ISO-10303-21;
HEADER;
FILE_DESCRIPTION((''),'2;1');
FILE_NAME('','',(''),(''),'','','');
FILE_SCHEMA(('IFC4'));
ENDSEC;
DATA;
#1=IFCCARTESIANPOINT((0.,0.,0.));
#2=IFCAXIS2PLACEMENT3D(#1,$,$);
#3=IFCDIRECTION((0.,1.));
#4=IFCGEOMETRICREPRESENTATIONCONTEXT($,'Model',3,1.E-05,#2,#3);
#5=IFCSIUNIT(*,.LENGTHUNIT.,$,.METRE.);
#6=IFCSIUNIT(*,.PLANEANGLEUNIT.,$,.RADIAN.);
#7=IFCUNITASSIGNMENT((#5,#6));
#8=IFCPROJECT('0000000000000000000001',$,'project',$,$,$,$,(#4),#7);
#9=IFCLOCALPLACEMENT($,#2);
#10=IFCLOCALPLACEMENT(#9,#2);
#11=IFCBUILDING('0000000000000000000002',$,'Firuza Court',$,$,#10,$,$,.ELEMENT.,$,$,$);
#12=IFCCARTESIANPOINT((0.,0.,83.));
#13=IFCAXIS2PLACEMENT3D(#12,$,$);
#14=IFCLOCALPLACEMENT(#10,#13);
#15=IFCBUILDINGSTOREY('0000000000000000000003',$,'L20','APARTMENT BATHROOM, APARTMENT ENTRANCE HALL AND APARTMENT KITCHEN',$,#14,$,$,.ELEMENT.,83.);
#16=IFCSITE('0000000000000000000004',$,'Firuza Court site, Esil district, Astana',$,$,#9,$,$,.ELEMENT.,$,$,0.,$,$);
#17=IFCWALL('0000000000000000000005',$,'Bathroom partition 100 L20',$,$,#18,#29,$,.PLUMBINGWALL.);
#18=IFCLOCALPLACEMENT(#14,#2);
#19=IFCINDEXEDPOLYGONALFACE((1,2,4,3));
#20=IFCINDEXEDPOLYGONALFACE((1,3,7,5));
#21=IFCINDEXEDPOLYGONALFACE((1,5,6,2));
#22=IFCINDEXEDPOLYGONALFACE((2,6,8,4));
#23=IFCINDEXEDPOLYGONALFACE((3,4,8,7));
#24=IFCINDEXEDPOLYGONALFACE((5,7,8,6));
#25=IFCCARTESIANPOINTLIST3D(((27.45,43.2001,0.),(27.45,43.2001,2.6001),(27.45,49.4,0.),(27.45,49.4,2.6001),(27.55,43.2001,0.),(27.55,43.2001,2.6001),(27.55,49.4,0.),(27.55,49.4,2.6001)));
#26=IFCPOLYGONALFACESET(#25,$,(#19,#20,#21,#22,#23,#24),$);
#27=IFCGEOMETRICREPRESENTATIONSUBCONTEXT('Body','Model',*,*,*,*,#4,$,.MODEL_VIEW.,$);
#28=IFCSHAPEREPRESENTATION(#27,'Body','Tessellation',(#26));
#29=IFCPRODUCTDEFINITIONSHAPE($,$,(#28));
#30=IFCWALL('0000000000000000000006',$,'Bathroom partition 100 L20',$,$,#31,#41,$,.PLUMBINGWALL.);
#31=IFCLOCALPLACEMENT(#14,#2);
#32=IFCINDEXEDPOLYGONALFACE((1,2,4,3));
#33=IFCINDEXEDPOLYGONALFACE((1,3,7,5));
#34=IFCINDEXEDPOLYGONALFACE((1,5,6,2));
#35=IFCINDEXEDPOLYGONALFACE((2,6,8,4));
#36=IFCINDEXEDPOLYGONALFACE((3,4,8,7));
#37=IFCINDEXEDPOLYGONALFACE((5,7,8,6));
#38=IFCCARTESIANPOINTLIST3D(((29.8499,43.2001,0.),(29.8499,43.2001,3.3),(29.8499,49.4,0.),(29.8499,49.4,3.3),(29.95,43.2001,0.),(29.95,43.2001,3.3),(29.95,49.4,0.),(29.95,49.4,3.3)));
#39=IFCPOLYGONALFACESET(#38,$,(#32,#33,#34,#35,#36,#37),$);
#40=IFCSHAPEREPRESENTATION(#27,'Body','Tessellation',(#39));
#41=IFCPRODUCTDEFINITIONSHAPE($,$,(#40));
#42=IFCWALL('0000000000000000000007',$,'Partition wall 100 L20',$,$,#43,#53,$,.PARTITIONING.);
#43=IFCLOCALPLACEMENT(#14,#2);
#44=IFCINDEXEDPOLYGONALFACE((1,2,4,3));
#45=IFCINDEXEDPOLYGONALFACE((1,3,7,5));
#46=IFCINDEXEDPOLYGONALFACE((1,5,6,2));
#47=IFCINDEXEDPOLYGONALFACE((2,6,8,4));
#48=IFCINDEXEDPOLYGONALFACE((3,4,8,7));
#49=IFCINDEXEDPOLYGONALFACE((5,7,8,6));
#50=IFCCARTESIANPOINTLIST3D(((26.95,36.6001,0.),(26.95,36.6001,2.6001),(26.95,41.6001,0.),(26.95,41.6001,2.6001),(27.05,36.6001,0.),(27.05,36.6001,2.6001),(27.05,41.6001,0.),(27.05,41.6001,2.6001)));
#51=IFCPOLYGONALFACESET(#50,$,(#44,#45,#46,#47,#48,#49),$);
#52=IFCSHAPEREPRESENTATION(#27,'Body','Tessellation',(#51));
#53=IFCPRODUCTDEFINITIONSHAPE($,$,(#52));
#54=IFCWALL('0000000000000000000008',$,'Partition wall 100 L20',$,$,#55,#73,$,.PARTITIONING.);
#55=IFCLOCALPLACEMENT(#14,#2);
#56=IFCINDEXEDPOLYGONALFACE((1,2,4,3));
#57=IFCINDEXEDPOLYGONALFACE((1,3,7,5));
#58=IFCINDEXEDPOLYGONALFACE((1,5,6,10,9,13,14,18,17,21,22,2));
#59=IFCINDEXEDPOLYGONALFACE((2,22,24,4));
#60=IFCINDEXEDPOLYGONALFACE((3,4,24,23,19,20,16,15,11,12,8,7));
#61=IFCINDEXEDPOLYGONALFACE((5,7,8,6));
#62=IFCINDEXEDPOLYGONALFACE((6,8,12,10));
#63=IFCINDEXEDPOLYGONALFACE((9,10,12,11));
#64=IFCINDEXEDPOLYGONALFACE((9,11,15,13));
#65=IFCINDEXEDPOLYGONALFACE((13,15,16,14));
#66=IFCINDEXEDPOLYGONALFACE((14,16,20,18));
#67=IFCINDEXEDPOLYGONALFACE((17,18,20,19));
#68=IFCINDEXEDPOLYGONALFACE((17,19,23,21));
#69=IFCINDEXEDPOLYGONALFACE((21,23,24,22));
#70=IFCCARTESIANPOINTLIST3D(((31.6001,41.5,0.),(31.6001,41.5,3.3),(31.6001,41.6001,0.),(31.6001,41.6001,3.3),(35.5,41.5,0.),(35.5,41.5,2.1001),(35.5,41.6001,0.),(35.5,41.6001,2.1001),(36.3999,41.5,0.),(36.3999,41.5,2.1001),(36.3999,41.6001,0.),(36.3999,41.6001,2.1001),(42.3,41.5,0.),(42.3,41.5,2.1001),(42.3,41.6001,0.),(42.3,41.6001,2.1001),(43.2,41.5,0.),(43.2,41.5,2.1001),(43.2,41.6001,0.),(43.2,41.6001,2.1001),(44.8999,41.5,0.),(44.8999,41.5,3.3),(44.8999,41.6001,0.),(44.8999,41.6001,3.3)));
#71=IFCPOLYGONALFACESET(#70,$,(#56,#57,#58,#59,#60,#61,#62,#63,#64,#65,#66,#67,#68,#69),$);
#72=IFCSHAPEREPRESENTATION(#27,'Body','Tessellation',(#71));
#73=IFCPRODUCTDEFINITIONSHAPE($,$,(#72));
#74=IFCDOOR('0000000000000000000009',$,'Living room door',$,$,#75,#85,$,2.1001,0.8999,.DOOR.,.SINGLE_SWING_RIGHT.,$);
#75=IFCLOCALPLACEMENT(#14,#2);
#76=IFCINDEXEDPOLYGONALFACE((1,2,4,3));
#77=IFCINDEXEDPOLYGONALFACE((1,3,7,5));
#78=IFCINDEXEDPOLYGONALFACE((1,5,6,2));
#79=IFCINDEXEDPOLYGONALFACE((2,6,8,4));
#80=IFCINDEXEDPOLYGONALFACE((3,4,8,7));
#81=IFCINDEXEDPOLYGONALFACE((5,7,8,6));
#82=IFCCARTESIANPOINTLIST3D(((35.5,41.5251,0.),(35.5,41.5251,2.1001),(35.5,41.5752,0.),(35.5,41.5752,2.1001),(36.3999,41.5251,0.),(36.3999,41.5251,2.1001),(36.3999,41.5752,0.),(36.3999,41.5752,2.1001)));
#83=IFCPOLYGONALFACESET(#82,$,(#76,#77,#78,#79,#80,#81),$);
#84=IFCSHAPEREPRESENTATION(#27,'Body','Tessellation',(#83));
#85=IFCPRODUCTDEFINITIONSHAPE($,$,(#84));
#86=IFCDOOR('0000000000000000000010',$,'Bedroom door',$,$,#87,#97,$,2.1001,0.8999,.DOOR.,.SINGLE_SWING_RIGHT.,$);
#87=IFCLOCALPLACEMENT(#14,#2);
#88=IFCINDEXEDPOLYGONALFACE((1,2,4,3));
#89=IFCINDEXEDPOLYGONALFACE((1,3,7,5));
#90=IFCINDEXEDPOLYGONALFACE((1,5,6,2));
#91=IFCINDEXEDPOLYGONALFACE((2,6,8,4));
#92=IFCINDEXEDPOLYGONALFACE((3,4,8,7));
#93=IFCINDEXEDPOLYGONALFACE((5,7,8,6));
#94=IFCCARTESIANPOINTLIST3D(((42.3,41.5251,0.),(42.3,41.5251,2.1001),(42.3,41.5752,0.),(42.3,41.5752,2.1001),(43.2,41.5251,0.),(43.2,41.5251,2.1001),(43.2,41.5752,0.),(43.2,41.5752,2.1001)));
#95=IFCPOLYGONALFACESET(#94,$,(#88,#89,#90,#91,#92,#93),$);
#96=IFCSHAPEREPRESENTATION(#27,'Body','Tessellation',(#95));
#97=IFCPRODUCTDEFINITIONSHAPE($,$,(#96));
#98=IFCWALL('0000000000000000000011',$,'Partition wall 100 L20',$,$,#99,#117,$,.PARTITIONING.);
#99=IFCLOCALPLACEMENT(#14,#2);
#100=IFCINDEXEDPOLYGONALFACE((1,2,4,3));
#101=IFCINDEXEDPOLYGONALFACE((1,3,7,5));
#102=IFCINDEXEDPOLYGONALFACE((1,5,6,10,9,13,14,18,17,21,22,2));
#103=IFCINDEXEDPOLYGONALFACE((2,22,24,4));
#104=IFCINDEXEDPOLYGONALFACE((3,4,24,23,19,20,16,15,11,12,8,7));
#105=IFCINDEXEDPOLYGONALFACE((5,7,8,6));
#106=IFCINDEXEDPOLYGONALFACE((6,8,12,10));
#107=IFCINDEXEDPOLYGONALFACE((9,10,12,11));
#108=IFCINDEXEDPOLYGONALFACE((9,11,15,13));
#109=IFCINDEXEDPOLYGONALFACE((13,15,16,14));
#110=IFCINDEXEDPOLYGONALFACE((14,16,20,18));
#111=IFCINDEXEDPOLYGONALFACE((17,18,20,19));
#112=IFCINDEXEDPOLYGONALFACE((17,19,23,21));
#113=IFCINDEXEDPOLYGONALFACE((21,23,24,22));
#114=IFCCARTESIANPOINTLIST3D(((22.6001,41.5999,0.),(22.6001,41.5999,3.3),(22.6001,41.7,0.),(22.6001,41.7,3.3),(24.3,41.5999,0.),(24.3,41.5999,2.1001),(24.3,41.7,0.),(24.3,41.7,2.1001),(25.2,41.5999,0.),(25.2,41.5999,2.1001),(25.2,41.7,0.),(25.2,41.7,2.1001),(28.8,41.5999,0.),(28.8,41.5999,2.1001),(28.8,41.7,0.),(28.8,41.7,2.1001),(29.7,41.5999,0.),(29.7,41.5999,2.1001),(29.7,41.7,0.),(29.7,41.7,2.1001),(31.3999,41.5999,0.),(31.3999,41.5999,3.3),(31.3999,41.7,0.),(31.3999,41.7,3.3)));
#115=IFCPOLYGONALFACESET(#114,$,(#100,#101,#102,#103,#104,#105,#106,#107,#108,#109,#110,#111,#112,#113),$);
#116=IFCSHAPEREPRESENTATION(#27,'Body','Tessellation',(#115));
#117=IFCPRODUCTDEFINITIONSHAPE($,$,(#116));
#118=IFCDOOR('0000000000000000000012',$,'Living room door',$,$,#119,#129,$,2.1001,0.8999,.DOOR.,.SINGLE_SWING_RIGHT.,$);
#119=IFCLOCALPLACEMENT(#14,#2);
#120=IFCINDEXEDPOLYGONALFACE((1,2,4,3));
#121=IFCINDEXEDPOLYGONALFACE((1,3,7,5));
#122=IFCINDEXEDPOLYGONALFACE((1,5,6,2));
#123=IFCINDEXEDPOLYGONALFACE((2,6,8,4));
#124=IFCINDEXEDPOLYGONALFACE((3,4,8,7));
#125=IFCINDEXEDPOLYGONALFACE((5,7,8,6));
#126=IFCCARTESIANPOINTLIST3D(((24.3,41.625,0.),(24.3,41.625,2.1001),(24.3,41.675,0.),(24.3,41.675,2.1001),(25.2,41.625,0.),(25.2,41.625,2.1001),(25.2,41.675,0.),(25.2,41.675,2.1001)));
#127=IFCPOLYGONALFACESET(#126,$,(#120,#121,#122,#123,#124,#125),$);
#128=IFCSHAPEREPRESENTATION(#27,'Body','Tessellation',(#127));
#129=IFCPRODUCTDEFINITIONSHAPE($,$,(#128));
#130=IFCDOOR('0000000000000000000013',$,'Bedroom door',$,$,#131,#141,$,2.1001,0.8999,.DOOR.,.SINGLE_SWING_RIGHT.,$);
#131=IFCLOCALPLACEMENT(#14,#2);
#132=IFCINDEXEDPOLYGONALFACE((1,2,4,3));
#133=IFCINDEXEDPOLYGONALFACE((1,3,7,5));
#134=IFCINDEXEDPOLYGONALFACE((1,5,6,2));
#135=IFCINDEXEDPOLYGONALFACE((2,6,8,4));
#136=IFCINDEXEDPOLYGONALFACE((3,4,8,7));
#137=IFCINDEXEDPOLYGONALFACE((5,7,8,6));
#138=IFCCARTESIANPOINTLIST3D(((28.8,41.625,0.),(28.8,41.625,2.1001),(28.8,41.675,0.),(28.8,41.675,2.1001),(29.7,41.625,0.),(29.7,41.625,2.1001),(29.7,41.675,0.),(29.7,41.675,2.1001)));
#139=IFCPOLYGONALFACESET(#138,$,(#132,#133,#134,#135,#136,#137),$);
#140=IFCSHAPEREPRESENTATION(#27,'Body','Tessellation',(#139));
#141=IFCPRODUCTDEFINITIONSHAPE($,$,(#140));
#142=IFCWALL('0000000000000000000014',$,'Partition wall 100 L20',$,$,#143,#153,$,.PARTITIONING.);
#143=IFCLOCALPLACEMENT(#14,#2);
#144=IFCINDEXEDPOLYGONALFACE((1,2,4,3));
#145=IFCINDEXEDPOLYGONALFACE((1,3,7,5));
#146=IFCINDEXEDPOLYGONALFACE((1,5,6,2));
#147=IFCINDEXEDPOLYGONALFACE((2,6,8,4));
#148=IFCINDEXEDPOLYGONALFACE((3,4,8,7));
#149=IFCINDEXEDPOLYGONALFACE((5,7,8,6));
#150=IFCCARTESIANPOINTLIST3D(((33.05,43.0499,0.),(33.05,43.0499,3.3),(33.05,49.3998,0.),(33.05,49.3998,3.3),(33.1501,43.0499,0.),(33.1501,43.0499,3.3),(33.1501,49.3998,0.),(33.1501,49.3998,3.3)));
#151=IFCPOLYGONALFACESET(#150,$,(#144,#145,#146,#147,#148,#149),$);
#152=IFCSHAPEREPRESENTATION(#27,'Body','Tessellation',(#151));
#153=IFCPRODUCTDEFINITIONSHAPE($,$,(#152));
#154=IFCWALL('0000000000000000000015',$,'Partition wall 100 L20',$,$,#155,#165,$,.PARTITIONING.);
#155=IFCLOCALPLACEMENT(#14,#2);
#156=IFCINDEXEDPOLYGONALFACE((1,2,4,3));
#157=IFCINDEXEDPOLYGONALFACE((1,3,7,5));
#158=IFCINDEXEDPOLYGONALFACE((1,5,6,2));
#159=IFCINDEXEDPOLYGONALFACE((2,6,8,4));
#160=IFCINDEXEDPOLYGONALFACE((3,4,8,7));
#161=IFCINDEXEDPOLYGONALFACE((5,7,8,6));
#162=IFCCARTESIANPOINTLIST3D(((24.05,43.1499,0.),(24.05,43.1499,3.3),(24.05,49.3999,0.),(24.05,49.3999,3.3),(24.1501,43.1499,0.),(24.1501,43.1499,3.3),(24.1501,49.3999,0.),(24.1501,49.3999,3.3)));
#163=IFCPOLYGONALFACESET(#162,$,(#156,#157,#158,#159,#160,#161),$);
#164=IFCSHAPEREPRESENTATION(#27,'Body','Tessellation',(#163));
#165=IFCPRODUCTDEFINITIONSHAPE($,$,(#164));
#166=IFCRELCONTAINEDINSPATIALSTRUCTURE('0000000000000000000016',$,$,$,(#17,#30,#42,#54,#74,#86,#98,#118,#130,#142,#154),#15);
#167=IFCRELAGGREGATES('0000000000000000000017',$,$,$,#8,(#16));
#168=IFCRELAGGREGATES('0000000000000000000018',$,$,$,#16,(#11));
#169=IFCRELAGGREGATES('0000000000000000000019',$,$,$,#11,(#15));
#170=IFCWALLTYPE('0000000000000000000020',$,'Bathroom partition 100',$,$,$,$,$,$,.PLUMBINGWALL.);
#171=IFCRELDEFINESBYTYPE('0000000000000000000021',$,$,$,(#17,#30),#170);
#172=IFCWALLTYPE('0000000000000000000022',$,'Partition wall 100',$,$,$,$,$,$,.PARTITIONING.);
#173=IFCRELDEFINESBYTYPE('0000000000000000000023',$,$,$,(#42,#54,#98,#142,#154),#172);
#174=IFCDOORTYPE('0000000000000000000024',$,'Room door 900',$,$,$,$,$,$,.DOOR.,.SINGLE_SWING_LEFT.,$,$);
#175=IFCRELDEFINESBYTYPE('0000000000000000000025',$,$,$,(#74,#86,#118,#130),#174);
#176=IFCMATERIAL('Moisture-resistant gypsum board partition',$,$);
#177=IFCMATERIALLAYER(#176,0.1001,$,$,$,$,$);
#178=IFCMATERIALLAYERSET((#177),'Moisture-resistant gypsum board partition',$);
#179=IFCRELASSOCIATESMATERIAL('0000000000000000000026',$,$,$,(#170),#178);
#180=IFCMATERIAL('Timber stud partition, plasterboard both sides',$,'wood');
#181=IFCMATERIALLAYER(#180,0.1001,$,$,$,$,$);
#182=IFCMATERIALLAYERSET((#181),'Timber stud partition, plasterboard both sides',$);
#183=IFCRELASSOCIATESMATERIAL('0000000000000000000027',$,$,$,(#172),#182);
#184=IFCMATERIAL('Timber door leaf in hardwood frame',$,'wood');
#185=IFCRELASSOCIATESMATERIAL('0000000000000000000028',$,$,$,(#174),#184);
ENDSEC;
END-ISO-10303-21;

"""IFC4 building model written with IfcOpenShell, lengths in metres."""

from ifc_helpers import new_model, si_unit, direction, frame, frame_2d, origin, place, context, subcontext, project, spatial, rectangle, extrude, material, layer, layer_set, type_object, element, fill, save


model = new_model("IFC4")

# Units and contexts
model_context = context("Model", 3, precision=1e-05, world=origin(), true_north=direction((0.0, 1.0)))
body_context = subcontext(model_context, "Body", "Model", "MODEL_VIEW")
ifc_project = project(units=[si_unit("LENGTHUNIT", "METRE"), si_unit("PLANEANGLEUNIT", "RADIAN")], contexts=[model_context])

# Site, building, storey
site_placement = place(None, origin())
site = spatial("IfcSite", under=ifc_project, at=site_placement, Name="Firuza Court site, Esil district, Astana", CompositionType="ELEMENT", RefElevation=0.0)
building_placement = place(site_placement, origin())
building = spatial("IfcBuilding", under=site, at=building_placement, Name="Firuza Court", CompositionType="ELEMENT")
storey_placement = place(building_placement, frame((0.0, 0.0, 83.0)))
storey = spatial("IfcBuildingStorey", under=building, at=storey_placement, Name="L20", Description="APARTMENT BATHROOM, APARTMENT ENTRANCE HALL AND APARTMENT KITCHEN", CompositionType="ELEMENT", Elevation=83.0)

# Walls
ifc_material_1 = material(Name="Moisture-resistant gypsum board partition")
ifc_layer_1 = layer(ifc_material_1, 0.1001)
ifc_layer_set_1 = layer_set([ifc_layer_1], Name="Moisture-resistant gypsum board partition")
wall_type_1 = type_object("IfcWallType", Name="Bathroom partition 100", PredefinedType="PLUMBINGWALL", material=ifc_layer_set_1)
wall_1_placement = place(storey_placement, frame((27.5, 43.2, 0.0), z_axis=(0.0, 0.0, 1.0), x_axis=(0.0, 1.0, 0.0)))
element("IfcWall", 1, at=wall_1_placement, inside=storey, type_object=wall_type_1, Name="Bathroom partition 100 L20", PredefinedType="PLUMBINGWALL", context=body_context, shape_type="SweptSolid", body=[
    extrude(rectangle(XDim=6.2, YDim=0.1001, at=frame_2d((3.1001, 0.0))), origin(), (0.0, 0.0, 1.0), 2.6001),
])
wall_2_placement = place(storey_placement, frame((29.8999, 43.2, 0.0), z_axis=(0.0, 0.0, 1.0), x_axis=(0.0, 1.0, 0.0)))
element("IfcWall", 2, at=wall_2_placement, inside=storey, type_object=wall_type_1, Name="Bathroom partition 100 L20", PredefinedType="PLUMBINGWALL", context=body_context, shape_type="SweptSolid", body=[
    extrude(rectangle(XDim=6.2, YDim=0.1001, at=frame_2d((3.1001, 0.0))), origin(), (0.0, 0.0, 1.0), 3.3),
])
ifc_material_2 = material(Name="Timber stud partition, plasterboard both sides", Category="wood")
ifc_layer_2 = layer(ifc_material_2, 0.1001)
ifc_layer_set_2 = layer_set([ifc_layer_2], Name="Timber stud partition, plasterboard both sides")
wall_type_2 = type_object("IfcWallType", Name="Partition wall 100", PredefinedType="PARTITIONING", material=ifc_layer_set_2)
wall_3_placement = place(storey_placement, frame((27.0, 36.6001, 0.0), z_axis=(0.0, 0.0, 1.0), x_axis=(0.0, 1.0, 0.0)))
element("IfcWall", 3, at=wall_3_placement, inside=storey, type_object=wall_type_2, Name="Partition wall 100 L20", PredefinedType="PARTITIONING", context=body_context, shape_type="SweptSolid", body=[
    extrude(rectangle(XDim=5.0, YDim=0.1001, at=frame_2d((2.5, 0.0))), origin(), (0.0, 0.0, 1.0), 2.6001),
])

# Walls, openings, doors
wall_4_placement = place(storey_placement, frame((31.6001, 41.55, 0.0), z_axis=(0.0, 0.0, 1.0), x_axis=(1.0, 0.0, 0.0)))
wall_4 = element("IfcWall", 4, at=wall_4_placement, inside=storey, type_object=wall_type_2, Name="Partition wall 100 L20", PredefinedType="PARTITIONING", context=body_context, shape_type="SweptSolid", body=[
    extrude(rectangle(XDim=13.2998, YDim=0.1001, at=frame_2d((6.6499, 0.0))), origin(), (0.0, 0.0, 1.0), 3.3),
])
opening_1_placement = place(wall_4_placement, frame((3.8999, 0.0, 0.0)))
opening_1 = element("IfcOpeningElement", 5, at=opening_1_placement, cuts=wall_4, PredefinedType="OPENING", context=body_context, shape_type="SweptSolid", body=[
    extrude(rectangle(XDim=0.8999, YDim=2.1001, at=frame_2d((0.45, 1.05))), frame((0.0, 0.062, 0.0), z_axis=(0.0, -1.0, 0.0), x_axis=(1.0, 0.0, 0.0)), (0.0, 0.0, 1.0), 0.124),
])
opening_2_placement = place(wall_4_placement, frame((10.7, 0.0, 0.0)))
opening_2 = element("IfcOpeningElement", 6, at=opening_2_placement, cuts=wall_4, PredefinedType="OPENING", context=body_context, shape_type="SweptSolid", body=[
    extrude(rectangle(XDim=0.8999, YDim=2.1001, at=frame_2d((0.45, 1.05))), frame((0.0, 0.062, 0.0), z_axis=(0.0, -1.0, 0.0), x_axis=(1.0, 0.0, 0.0)), (0.0, 0.0, 1.0), 0.124),
])
ifc_material_3 = material(Name="Timber door leaf in hardwood frame", Category="wood")
door_type_1 = type_object("IfcDoorType", Name="Room door 900", OperationType="SINGLE_SWING_LEFT", PredefinedType="DOOR", material=ifc_material_3)
door_1_placement = place(opening_1_placement, frame((0.8999, 0.0, 0.0), z_axis=(0.0, 0.0, 1.0), x_axis=(-1.0, 0.0, 0.0)))
door_1 = element("IfcDoor", 7, at=door_1_placement, inside=storey, type_object=door_type_1, Name="Living room door", OperationType="SINGLE_SWING_RIGHT", OverallHeight=2.1001, OverallWidth=0.8999, PredefinedType="DOOR", context=body_context, shape_type="SweptSolid", body=[
    extrude(rectangle(XDim=0.8999, YDim=2.1001, at=frame_2d((0.45, 1.05))), frame((0.0, 0.0249, 0.0), z_axis=(0.0, -1.0, 0.0), x_axis=(1.0, 0.0, 0.0)), (0.0, 0.0, 1.0), 0.05),
])
fill(opening_1, door_1)
door_2_placement = place(opening_2_placement, frame((0.8999, 0.0, 0.0), z_axis=(0.0, 0.0, 1.0), x_axis=(-1.0, 0.0, 0.0)))
door_2 = element("IfcDoor", 8, at=door_2_placement, inside=storey, type_object=door_type_1, Name="Bedroom door", OperationType="SINGLE_SWING_RIGHT", OverallHeight=2.1001, OverallWidth=0.8999, PredefinedType="DOOR", context=body_context, shape_type="SweptSolid", body=[
    extrude(rectangle(XDim=0.8999, YDim=2.1001, at=frame_2d((0.45, 1.05))), frame((0.0, 0.0249, 0.0), z_axis=(0.0, -1.0, 0.0), x_axis=(1.0, 0.0, 0.0)), (0.0, 0.0, 1.0), 0.05),
])
fill(opening_2, door_2)
wall_5_placement = place(storey_placement, frame((22.6001, 41.6499, 0.0), z_axis=(0.0, 0.0, 1.0), x_axis=(1.0, 0.0, 0.0)))
wall_5 = element("IfcWall", 9, at=wall_5_placement, inside=storey, type_object=wall_type_2, Name="Partition wall 100 L20", PredefinedType="PARTITIONING", context=body_context, shape_type="SweptSolid", body=[
    extrude(rectangle(XDim=8.7998, YDim=0.1001, at=frame_2d((4.3999, 0.0))), origin(), (0.0, 0.0, 1.0), 3.3),
])
opening_3_placement = place(wall_5_placement, frame((1.7, 0.0, 0.0)))
opening_3 = element("IfcOpeningElement", 10, at=opening_3_placement, cuts=wall_5, PredefinedType="OPENING", context=body_context, shape_type="SweptSolid", body=[
    extrude(rectangle(XDim=0.8999, YDim=2.1001, at=frame_2d((0.45, 1.05))), frame((0.0, 0.062, 0.0), z_axis=(0.0, -1.0, 0.0), x_axis=(1.0, 0.0, 0.0)), (0.0, 0.0, 1.0), 0.124),
])
opening_4_placement = place(wall_5_placement, frame((6.2, 0.0, 0.0)))
opening_4 = element("IfcOpeningElement", 11, at=opening_4_placement, cuts=wall_5, PredefinedType="OPENING", context=body_context, shape_type="SweptSolid", body=[
    extrude(rectangle(XDim=0.8999, YDim=2.1001, at=frame_2d((0.45, 1.05))), frame((0.0, 0.062, 0.0), z_axis=(0.0, -1.0, 0.0), x_axis=(1.0, 0.0, 0.0)), (0.0, 0.0, 1.0), 0.124),
])
door_3_placement = place(opening_3_placement, frame((0.8999, 0.0, 0.0), z_axis=(0.0, 0.0, 1.0), x_axis=(-1.0, 0.0, 0.0)))
door_3 = element("IfcDoor", 12, at=door_3_placement, inside=storey, type_object=door_type_1, Name="Living room door", OperationType="SINGLE_SWING_RIGHT", OverallHeight=2.1001, OverallWidth=0.8999, PredefinedType="DOOR", context=body_context, shape_type="SweptSolid", body=[
    extrude(rectangle(XDim=0.8999, YDim=2.1001, at=frame_2d((0.45, 1.05))), frame((0.0, 0.0249, 0.0), z_axis=(0.0, -1.0, 0.0), x_axis=(1.0, 0.0, 0.0)), (0.0, 0.0, 1.0), 0.05),
])
fill(opening_3, door_3)
door_4_placement = place(opening_4_placement, frame((0.8999, 0.0, 0.0), z_axis=(0.0, 0.0, 1.0), x_axis=(-1.0, 0.0, 0.0)))
door_4 = element("IfcDoor", 13, at=door_4_placement, inside=storey, type_object=door_type_1, Name="Bedroom door", OperationType="SINGLE_SWING_RIGHT", OverallHeight=2.1001, OverallWidth=0.8999, PredefinedType="DOOR", context=body_context, shape_type="SweptSolid", body=[
    extrude(rectangle(XDim=0.8999, YDim=2.1001, at=frame_2d((0.45, 1.05))), frame((0.0, 0.0249, 0.0), z_axis=(0.0, -1.0, 0.0), x_axis=(1.0, 0.0, 0.0)), (0.0, 0.0, 1.0), 0.05),
])
fill(opening_4, door_4)

# Walls
wall_6_placement = place(storey_placement, frame((33.1001, 43.05, 0.0), z_axis=(0.0, 0.0, 1.0), x_axis=(0.0, 1.0, 0.0)))
element("IfcWall", 14, at=wall_6_placement, inside=storey, type_object=wall_type_2, Name="Partition wall 100 L20", PredefinedType="PARTITIONING", context=body_context, shape_type="SweptSolid", body=[
    extrude(rectangle(XDim=6.3499, YDim=0.1001, at=frame_2d((3.1748, 0.0))), origin(), (0.0, 0.0, 1.0), 3.3),
])
wall_7_placement = place(storey_placement, frame((24.1001, 43.1499, 0.0), z_axis=(0.0, 0.0, 1.0), x_axis=(0.0, 1.0, 0.0)))
element("IfcWall", 15, at=wall_7_placement, inside=storey, type_object=wall_type_2, Name="Partition wall 100 L20", PredefinedType="PARTITIONING", context=body_context, shape_type="SweptSolid", body=[
    extrude(rectangle(XDim=6.25, YDim=0.1001, at=frame_2d((3.125, 0.0))), origin(), (0.0, 0.0, 1.0), 3.3),
])

save(model, "model.ifc")
